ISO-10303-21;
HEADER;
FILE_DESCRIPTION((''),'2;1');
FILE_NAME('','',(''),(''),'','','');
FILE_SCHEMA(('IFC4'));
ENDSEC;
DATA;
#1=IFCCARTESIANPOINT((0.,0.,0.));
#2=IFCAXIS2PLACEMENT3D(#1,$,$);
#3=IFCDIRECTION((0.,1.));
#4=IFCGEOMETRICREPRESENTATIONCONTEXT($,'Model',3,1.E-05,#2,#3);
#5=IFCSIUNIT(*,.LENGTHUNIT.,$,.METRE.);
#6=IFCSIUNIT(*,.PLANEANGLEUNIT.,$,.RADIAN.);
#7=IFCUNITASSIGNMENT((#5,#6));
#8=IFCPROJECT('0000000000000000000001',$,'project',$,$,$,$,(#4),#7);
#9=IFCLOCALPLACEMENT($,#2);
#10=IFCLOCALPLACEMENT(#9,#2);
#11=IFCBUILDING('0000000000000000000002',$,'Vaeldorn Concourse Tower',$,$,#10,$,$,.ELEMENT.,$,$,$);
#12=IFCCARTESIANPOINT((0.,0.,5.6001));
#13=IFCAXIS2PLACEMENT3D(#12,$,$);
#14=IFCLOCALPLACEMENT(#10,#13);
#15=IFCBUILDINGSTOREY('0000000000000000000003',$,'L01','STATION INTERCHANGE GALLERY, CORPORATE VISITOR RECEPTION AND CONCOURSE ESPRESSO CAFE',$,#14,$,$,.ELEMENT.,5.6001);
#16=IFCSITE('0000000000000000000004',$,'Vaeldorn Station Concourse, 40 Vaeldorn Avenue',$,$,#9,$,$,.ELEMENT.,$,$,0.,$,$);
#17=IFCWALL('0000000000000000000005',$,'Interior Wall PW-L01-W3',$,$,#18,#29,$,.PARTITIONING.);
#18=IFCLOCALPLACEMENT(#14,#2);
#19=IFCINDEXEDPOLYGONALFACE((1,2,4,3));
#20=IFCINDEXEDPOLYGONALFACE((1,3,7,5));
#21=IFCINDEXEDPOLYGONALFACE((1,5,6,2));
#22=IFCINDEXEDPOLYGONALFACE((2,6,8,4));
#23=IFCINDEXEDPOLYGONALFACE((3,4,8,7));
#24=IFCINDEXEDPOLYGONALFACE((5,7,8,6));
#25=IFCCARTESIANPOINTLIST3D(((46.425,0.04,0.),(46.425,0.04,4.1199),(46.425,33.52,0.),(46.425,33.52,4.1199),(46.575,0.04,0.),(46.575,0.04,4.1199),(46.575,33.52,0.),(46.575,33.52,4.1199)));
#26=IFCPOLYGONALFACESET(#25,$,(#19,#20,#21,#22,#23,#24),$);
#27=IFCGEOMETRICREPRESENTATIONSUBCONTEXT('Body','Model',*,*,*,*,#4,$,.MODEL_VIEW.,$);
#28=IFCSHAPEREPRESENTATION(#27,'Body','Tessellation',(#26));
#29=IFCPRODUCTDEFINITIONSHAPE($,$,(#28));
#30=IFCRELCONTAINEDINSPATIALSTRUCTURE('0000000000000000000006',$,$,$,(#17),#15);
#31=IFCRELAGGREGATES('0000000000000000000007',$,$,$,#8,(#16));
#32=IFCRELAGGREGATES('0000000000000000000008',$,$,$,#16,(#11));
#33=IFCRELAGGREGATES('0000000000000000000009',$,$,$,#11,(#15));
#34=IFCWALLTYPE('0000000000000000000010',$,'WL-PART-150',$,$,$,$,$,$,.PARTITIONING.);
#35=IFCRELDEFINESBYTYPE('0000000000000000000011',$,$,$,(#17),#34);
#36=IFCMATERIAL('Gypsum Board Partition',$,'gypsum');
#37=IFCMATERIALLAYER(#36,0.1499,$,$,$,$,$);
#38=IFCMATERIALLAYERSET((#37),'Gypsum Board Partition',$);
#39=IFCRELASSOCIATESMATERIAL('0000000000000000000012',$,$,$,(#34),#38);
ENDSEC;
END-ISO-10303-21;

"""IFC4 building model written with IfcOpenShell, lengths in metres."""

from ifc_helpers import new_model, si_unit, direction, frame, frame_2d, origin, place, context, subcontext, project, spatial, rectangle, extrude, material, layer, layer_set, type_object, element, save


model = new_model("IFC4")

# Units and contexts
model_context = context("Model", 3, precision=1e-05, world=origin(), true_north=direction((0.0, 1.0)))
body_context = subcontext(model_context, "Body", "Model", "MODEL_VIEW")
ifc_project = project(units=[si_unit("LENGTHUNIT", "METRE"), si_unit("PLANEANGLEUNIT", "RADIAN")], contexts=[model_context])

# Site, building, storey
site_placement = place(None, origin())
site = spatial("IfcSite", under=ifc_project, at=site_placement, Name="Vaeldorn Station Concourse, 40 Vaeldorn Avenue", CompositionType="ELEMENT", RefElevation=0.0)
building_placement = place(site_placement, origin())
building = spatial("IfcBuilding", under=site, at=building_placement, Name="Vaeldorn Concourse Tower", CompositionType="ELEMENT")
storey_placement = place(building_placement, frame((0.0, 0.0, 5.6001)))
storey = spatial("IfcBuildingStorey", under=building, at=storey_placement, Name="L01", Description="STATION INTERCHANGE GALLERY, CORPORATE VISITOR RECEPTION AND CONCOURSE ESPRESSO CAFE", CompositionType="ELEMENT", Elevation=5.6001)

# Wall
ifc_material_1 = material(Name="Gypsum Board Partition", Category="gypsum")
ifc_layer_1 = layer(ifc_material_1, 0.1499)
ifc_layer_set_1 = layer_set([ifc_layer_1], Name="Gypsum Board Partition")
wall_type = type_object("IfcWallType", Name="WL-PART-150", PredefinedType="PARTITIONING", material=ifc_layer_set_1)
wall_1_placement = place(storey_placement, frame((46.5, 0.04, 0.0), z_axis=(0.0, 0.0, 1.0), x_axis=(0.0, 1.0, 0.0)))
element("IfcWall", 1, at=wall_1_placement, inside=storey, type_object=wall_type, Name="Interior Wall PW-L01-W3", PredefinedType="PARTITIONING", context=body_context, shape_type="SweptSolid", body=[
    extrude(rectangle(XDim=33.48, YDim=0.1499, at=frame_2d((16.74, 0.0))), origin(), (0.0, 0.0, 1.0), 4.1199),
])

save(model, "model.ifc")
